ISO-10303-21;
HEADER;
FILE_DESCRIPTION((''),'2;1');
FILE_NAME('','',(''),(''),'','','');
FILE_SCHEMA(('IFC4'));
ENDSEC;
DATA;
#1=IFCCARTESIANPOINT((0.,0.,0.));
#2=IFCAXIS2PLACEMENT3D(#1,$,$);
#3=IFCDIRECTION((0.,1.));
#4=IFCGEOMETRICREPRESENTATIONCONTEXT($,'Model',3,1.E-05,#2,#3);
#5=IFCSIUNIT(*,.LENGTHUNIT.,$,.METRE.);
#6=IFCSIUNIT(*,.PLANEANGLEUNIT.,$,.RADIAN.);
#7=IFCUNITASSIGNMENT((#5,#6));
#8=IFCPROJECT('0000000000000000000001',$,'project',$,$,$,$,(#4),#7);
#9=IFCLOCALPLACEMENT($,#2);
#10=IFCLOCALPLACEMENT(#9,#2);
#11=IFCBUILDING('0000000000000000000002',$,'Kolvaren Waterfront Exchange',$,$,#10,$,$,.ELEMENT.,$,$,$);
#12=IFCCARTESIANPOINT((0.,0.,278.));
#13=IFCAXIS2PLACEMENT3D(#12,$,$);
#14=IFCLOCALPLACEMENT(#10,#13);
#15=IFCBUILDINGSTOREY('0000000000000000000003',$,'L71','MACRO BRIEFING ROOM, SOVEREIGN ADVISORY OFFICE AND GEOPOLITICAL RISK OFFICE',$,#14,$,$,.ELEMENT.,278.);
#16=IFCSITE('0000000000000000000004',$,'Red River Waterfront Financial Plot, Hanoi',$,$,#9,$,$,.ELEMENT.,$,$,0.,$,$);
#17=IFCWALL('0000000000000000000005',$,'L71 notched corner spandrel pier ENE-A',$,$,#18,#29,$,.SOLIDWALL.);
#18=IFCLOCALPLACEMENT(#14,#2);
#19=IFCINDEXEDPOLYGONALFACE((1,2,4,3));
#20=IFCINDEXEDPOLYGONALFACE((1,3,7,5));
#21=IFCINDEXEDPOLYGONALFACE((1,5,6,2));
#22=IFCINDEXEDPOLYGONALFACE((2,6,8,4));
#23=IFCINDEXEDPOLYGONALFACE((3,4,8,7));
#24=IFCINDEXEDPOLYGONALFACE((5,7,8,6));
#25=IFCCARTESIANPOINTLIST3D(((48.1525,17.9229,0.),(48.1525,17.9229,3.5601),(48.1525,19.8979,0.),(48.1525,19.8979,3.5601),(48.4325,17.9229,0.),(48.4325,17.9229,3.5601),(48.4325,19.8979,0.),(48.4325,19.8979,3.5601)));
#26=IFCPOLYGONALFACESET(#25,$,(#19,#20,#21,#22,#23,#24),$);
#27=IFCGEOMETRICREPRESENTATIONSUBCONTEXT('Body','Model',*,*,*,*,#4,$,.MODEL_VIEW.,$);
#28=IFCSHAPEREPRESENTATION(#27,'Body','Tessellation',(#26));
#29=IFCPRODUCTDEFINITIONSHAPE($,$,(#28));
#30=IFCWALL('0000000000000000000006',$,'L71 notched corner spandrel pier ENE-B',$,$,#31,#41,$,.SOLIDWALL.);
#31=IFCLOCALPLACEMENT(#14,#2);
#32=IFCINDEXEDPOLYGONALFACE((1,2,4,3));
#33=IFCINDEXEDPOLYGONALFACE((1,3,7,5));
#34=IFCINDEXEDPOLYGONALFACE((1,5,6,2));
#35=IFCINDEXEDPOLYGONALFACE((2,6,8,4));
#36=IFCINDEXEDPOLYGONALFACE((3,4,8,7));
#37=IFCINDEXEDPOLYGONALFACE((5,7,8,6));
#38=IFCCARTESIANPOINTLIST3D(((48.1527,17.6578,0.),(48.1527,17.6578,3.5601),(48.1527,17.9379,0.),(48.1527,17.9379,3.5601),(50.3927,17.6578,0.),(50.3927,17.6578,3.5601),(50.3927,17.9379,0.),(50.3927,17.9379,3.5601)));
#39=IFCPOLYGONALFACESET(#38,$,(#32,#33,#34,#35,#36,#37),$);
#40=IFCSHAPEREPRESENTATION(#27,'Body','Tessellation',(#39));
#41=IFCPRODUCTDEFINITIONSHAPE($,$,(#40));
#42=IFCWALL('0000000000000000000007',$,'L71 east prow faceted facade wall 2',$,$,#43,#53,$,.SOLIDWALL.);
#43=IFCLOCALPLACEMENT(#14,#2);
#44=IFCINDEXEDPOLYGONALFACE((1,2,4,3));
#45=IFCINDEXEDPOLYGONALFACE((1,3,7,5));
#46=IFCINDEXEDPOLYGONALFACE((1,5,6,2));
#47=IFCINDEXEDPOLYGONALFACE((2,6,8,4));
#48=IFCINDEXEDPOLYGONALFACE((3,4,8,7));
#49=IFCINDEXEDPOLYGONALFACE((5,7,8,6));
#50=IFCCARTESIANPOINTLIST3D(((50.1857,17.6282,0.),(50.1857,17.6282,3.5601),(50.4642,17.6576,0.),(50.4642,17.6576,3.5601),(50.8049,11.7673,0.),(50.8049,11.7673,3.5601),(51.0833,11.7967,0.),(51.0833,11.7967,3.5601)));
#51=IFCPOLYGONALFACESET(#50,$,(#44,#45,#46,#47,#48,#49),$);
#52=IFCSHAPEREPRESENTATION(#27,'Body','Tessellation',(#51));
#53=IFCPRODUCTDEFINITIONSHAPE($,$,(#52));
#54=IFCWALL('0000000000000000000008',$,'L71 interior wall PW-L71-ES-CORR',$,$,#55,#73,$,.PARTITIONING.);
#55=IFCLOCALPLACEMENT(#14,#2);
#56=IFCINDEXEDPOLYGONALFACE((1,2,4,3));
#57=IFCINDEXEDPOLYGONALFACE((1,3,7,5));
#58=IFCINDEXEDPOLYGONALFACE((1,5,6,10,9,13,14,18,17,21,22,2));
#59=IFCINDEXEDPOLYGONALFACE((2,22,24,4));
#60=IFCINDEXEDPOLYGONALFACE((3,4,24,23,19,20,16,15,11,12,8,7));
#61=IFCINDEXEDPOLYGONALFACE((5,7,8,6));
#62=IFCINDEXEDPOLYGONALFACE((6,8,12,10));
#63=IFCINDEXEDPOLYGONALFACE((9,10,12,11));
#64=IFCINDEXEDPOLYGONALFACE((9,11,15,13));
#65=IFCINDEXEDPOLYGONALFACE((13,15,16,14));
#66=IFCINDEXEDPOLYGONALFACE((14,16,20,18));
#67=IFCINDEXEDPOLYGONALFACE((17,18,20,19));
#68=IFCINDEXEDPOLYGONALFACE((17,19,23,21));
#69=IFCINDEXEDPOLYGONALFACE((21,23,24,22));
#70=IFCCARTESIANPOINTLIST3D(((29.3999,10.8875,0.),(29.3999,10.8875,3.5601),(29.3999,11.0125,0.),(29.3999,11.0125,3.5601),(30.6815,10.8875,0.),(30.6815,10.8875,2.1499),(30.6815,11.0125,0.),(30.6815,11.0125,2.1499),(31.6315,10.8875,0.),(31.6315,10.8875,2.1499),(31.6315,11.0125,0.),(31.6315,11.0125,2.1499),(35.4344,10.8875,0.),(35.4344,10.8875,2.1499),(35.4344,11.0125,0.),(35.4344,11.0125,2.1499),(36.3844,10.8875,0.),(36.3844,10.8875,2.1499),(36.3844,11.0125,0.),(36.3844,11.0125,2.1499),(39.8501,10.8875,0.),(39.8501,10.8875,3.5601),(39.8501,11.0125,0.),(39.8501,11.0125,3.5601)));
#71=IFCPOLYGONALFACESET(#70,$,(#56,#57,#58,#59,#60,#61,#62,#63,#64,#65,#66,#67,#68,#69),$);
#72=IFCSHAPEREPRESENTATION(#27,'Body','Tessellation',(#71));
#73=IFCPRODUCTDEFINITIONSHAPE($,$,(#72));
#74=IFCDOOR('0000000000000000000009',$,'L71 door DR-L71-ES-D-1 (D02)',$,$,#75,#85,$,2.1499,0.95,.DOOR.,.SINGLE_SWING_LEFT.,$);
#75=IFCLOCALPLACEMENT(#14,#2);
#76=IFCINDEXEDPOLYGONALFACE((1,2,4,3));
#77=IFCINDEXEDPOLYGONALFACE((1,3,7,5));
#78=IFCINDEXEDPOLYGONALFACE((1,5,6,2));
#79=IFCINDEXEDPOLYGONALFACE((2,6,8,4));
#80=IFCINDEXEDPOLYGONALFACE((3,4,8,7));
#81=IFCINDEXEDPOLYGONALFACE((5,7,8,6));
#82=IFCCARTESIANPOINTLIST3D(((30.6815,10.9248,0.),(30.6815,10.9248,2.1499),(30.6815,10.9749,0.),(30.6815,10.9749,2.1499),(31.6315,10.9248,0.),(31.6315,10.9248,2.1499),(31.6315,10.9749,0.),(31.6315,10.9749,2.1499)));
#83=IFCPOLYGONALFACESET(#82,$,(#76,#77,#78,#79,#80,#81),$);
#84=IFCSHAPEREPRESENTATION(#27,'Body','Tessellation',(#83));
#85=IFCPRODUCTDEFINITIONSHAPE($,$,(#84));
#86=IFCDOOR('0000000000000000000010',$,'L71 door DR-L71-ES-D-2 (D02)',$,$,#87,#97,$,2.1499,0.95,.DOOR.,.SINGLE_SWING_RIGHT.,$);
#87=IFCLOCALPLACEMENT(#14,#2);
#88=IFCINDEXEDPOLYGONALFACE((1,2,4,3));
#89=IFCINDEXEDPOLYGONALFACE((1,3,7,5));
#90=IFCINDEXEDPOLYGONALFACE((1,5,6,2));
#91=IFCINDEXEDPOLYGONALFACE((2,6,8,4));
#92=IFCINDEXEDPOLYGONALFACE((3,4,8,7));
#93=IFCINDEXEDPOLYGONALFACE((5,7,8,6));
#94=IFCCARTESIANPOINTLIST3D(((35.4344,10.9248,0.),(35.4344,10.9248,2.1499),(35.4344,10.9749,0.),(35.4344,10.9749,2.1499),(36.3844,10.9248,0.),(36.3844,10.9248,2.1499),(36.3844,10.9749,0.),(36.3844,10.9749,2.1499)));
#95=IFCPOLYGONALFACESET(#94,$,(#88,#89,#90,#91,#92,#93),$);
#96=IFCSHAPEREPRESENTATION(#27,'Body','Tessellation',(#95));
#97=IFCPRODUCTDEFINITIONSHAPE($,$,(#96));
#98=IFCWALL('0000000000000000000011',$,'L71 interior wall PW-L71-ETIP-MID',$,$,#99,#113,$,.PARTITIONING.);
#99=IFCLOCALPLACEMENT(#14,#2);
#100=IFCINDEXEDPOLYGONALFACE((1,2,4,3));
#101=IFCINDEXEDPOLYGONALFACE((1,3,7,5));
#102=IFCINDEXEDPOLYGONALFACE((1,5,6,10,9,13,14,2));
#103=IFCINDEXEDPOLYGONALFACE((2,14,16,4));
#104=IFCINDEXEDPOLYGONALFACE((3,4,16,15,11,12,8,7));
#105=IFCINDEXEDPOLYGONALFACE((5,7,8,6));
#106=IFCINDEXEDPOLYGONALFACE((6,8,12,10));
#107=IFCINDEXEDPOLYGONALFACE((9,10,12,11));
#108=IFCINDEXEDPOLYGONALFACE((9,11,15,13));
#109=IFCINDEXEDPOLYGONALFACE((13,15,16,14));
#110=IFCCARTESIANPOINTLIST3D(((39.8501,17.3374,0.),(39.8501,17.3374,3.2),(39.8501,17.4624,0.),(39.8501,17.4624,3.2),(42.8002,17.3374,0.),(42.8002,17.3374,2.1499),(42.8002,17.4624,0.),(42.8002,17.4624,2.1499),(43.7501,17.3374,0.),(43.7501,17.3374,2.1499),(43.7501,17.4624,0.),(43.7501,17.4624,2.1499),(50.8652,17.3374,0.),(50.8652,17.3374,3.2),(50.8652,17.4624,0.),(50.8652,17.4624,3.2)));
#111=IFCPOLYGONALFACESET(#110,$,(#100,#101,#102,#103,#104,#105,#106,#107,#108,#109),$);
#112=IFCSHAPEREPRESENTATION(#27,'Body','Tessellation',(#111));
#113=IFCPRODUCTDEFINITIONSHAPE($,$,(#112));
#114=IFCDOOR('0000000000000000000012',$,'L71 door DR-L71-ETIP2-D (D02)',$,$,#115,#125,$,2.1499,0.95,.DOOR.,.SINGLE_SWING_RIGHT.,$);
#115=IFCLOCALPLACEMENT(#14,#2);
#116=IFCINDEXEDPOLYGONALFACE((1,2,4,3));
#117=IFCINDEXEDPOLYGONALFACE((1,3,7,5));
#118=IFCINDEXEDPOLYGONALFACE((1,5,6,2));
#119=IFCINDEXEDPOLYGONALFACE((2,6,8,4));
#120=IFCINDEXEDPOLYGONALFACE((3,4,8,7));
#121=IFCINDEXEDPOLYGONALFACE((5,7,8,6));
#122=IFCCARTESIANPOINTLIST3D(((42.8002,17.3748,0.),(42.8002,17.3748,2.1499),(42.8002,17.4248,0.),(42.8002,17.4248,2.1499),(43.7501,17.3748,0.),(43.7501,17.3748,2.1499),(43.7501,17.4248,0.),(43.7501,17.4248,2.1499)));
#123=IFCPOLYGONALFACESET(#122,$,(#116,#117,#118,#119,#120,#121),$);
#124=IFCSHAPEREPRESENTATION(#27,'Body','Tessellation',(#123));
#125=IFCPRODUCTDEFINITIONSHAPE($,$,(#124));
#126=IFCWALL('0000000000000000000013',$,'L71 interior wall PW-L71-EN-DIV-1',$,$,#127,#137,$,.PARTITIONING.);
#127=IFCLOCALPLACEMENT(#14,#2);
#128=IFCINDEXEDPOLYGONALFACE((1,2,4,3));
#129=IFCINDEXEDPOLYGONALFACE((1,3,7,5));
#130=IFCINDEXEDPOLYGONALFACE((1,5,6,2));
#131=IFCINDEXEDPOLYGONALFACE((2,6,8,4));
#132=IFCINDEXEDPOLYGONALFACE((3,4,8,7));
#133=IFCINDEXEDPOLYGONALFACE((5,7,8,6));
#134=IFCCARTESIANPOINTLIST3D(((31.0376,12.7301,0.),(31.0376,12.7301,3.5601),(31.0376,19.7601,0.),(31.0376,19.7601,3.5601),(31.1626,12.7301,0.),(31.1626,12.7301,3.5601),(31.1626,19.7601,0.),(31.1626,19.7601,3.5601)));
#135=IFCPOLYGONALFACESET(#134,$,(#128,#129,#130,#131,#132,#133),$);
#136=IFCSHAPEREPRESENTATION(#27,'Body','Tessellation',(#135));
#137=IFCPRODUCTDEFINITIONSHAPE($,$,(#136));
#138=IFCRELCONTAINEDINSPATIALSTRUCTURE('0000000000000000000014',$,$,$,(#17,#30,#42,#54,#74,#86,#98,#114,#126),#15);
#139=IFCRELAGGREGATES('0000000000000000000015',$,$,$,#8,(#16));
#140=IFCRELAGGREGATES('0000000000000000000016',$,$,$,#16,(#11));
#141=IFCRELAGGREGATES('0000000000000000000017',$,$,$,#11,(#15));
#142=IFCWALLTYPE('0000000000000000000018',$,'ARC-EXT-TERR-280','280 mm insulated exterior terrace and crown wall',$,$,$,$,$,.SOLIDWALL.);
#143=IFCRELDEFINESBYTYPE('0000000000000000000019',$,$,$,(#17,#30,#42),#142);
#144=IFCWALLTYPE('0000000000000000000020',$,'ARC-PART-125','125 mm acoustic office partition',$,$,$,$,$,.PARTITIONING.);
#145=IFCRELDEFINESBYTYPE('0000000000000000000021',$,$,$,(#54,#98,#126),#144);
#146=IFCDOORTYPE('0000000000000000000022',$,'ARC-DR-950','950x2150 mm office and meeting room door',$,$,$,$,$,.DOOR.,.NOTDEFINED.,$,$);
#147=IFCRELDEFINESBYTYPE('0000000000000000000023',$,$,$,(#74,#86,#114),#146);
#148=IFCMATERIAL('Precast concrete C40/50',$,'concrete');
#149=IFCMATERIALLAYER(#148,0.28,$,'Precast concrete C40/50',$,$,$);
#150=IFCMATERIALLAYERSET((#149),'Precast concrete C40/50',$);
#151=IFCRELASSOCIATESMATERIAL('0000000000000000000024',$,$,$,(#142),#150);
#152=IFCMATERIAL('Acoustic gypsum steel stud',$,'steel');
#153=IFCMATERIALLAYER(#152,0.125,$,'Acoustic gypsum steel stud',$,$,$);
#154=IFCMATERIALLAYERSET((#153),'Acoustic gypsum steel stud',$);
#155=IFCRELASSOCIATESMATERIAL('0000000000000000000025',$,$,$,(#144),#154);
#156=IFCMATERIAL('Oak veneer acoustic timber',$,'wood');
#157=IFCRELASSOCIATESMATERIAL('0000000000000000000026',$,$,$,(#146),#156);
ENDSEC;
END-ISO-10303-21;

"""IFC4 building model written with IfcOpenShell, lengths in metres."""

from ifc_helpers import new_model, si_unit, direction, frame, frame_2d, origin, place, context, subcontext, project, spatial, rectangle, extrude, material, layer, layer_set, type_object, element, fill, save


model = new_model("IFC4")

# Units and contexts
model_context = context("Model", 3, precision=1e-05, world=origin(), true_north=direction((0.0, 1.0)))
body_context = subcontext(model_context, "Body", "Model", "MODEL_VIEW")
ifc_project = project(units=[si_unit("LENGTHUNIT", "METRE"), si_unit("PLANEANGLEUNIT", "RADIAN")], contexts=[model_context])

# Site, building, storey
site_placement = place(None, origin())
site = spatial("IfcSite", under=ifc_project, at=site_placement, Name="Red River Waterfront Financial Plot, Hanoi", CompositionType="ELEMENT", RefElevation=0.0)
building_placement = place(site_placement, origin())
building = spatial("IfcBuilding", under=site, at=building_placement, Name="Kolvaren Waterfront Exchange", CompositionType="ELEMENT")
storey_placement = place(building_placement, frame((0.0, 0.0, 278.0)))
storey = spatial("IfcBuildingStorey", under=building, at=storey_placement, Name="L71", Description="MACRO BRIEFING ROOM, SOVEREIGN ADVISORY OFFICE AND GEOPOLITICAL RISK OFFICE", CompositionType="ELEMENT", Elevation=278.0)

# Walls
ifc_material_1 = material(Name="Precast concrete C40/50", Category="concrete")
ifc_layer_1 = layer(ifc_material_1, 0.28, Name="Precast concrete C40/50")
ifc_layer_set_1 = layer_set([ifc_layer_1], Name="Precast concrete C40/50")
wall_type_1 = type_object("IfcWallType", Name="ARC-EXT-TERR-280", Description="280 mm insulated exterior terrace and crown wall", PredefinedType="SOLIDWALL", material=ifc_layer_set_1)
wall_1_placement = place(storey_placement, frame((48.2925, 17.9229, 0.0), z_axis=(0.0, 0.0, 1.0), x_axis=(0.0, 1.0, 0.0)))
element("IfcWall", 1, at=wall_1_placement, inside=storey, type_object=wall_type_1, Name="L71 notched corner spandrel pier ENE-A", PredefinedType="SOLIDWALL", context=body_context, shape_type="SweptSolid", body=[
    extrude(rectangle(XDim=1.9751, YDim=0.28, at=frame_2d((0.9875, 0.0))), origin(), (0.0, 0.0, 1.0), 3.5601),
])
wall_2_placement = place(storey_placement, frame((48.1526, 17.7979, 0.0), z_axis=(0.0, 0.0, 1.0), x_axis=(1.0, 0.0, 0.0)))
element("IfcWall", 2, at=wall_2_placement, inside=storey, type_object=wall_type_1, Name="L71 notched corner spandrel pier ENE-B", PredefinedType="SOLIDWALL", context=body_context, shape_type="SweptSolid", body=[
    extrude(rectangle(XDim=2.24, YDim=0.28, at=frame_2d((1.1201, 0.0))), origin(), (0.0, 0.0, 1.0), 3.5601),
])
wall_3_placement = place(storey_placement, frame((50.9441, 11.782, 0.0), z_axis=(0.0, 0.0, 1.0), x_axis=(-0.105056, 0.994466, 0.0)))
element("IfcWall", 3, at=wall_3_placement, inside=storey, type_object=wall_type_1, Name="L71 east prow faceted facade wall 2", PredefinedType="SOLIDWALL", context=body_context, shape_type="SweptSolid", body=[
    extrude(rectangle(XDim=5.8936, YDim=0.28, at=frame_2d((2.9468, 0.0))), origin(), (0.0, 0.0, 1.0), 3.5601),
])

# Wall, openings, doors
ifc_material_2 = material(Name="Acoustic gypsum steel stud", Category="steel")
ifc_layer_2 = layer(ifc_material_2, 0.125, Name="Acoustic gypsum steel stud")
ifc_layer_set_2 = layer_set([ifc_layer_2], Name="Acoustic gypsum steel stud")
wall_type_2 = type_object("IfcWallType", Name="ARC-PART-125", Description="125 mm acoustic office partition", PredefinedType="PARTITIONING", material=ifc_layer_set_2)
wall_4_placement = place(storey_placement, frame((29.3999, 10.95, 0.0), z_axis=(0.0, 0.0, 1.0), x_axis=(1.0, 0.0, 0.0)))
wall_4 = element("IfcWall", 4, at=wall_4_placement, inside=storey, type_object=wall_type_2, Name="L71 interior wall PW-L71-ES-CORR", PredefinedType="PARTITIONING", context=body_context, shape_type="SweptSolid", body=[
    extrude(rectangle(XDim=10.4502, YDim=0.125, at=frame_2d((5.2251, 0.0))), origin(), (0.0, 0.0, 1.0), 3.5601),
])
opening_1_placement = place(wall_4_placement, frame((1.2815, 0.0, 0.0)))
opening_1 = element("IfcOpeningElement", 5, at=opening_1_placement, cuts=wall_4, PredefinedType="OPENING", context=body_context, shape_type="SweptSolid", body=[
    extrude(rectangle(XDim=0.95, YDim=2.1499, at=frame_2d((0.4751, 1.075))), frame((0.0, 0.0725, 0.0), z_axis=(0.0, -1.0, 0.0), x_axis=(1.0, 0.0, 0.0)), (0.0, 0.0, 1.0), 0.145),
])
opening_2_placement = place(wall_4_placement, frame((6.0344, 0.0, 0.0)))
opening_2 = element("IfcOpeningElement", 6, at=opening_2_placement, cuts=wall_4, PredefinedType="OPENING", context=body_context, shape_type="SweptSolid", body=[
    extrude(rectangle(XDim=0.95, YDim=2.1499, at=frame_2d((0.4751, 1.075))), frame((0.0, 0.0725, 0.0), z_axis=(0.0, -1.0, 0.0), x_axis=(1.0, 0.0, 0.0)), (0.0, 0.0, 1.0), 0.145),
])
ifc_material_3 = material(Name="Oak veneer acoustic timber", Category="wood")
door_type = type_object("IfcDoorType", Name="ARC-DR-950", Description="950x2150 mm office and meeting room door", OperationType="NOTDEFINED", PredefinedType="DOOR", material=ifc_material_3)
door_1_placement = place(opening_1_placement, origin())
door_1 = element("IfcDoor", 7, at=door_1_placement, inside=storey, type_object=door_type, Name="L71 door DR-L71-ES-D-1 (D02)", OperationType="SINGLE_SWING_LEFT", OverallHeight=2.1499, OverallWidth=0.95, PredefinedType="DOOR", context=body_context, shape_type="SweptSolid", body=[
    extrude(rectangle(XDim=0.95, YDim=2.1499, at=frame_2d((0.4751, 1.075))), frame((0.0, 0.0249, 0.0), z_axis=(0.0, -1.0, 0.0), x_axis=(1.0, 0.0, 0.0)), (0.0, 0.0, 1.0), 0.05),
])
fill(opening_1, door_1)
door_2_placement = place(opening_2_placement, origin())
door_2 = element("IfcDoor", 8, at=door_2_placement, inside=storey, type_object=door_type, Name="L71 door DR-L71-ES-D-2 (D02)", OperationType="SINGLE_SWING_RIGHT", OverallHeight=2.1499, OverallWidth=0.95, PredefinedType="DOOR", context=body_context, shape_type="SweptSolid", body=[
    extrude(rectangle(XDim=0.95, YDim=2.1499, at=frame_2d((0.4751, 1.075))), frame((0.0, 0.0249, 0.0), z_axis=(0.0, -1.0, 0.0), x_axis=(1.0, 0.0, 0.0)), (0.0, 0.0, 1.0), 0.05),
])
fill(opening_2, door_2)

# Wall, opening, door
wall_5_placement = place(storey_placement, frame((39.8501, 17.3999, 0.0), z_axis=(0.0, 0.0, 1.0), x_axis=(1.0, 0.0, 0.0)))
wall_5 = element("IfcWall", 9, at=wall_5_placement, inside=storey, type_object=wall_type_2, Name="L71 interior wall PW-L71-ETIP-MID", PredefinedType="PARTITIONING", context=body_context, shape_type="SweptSolid", body=[
    extrude(rectangle(XDim=11.0151, YDim=0.125, at=frame_2d((5.5076, 0.0))), origin(), (0.0, 0.0, 1.0), 3.2),
])
opening_3_placement = place(wall_5_placement, frame((2.95, 0.0, 0.0)))
opening_3 = element("IfcOpeningElement", 10, at=opening_3_placement, cuts=wall_5, PredefinedType="OPENING", context=body_context, shape_type="SweptSolid", body=[
    extrude(rectangle(XDim=0.95, YDim=2.1499, at=frame_2d((0.4751, 1.075))), frame((0.0, 0.0725, 0.0), z_axis=(0.0, -1.0, 0.0), x_axis=(1.0, 0.0, 0.0)), (0.0, 0.0, 1.0), 0.145),
])
door_3_placement = place(opening_3_placement, origin())
door_3 = element("IfcDoor", 11, at=door_3_placement, inside=storey, type_object=door_type, Name="L71 door DR-L71-ETIP2-D (D02)", OperationType="SINGLE_SWING_RIGHT", OverallHeight=2.1499, OverallWidth=0.95, PredefinedType="DOOR", context=body_context, shape_type="SweptSolid", body=[
    extrude(rectangle(XDim=0.95, YDim=2.1499, at=frame_2d((0.4751, 1.075))), frame((0.0, 0.0249, 0.0), z_axis=(0.0, -1.0, 0.0), x_axis=(1.0, 0.0, 0.0)), (0.0, 0.0, 1.0), 0.05),
])
fill(opening_3, door_3)

# Wall
wall_6_placement = place(storey_placement, frame((31.1001, 12.73, 0.0), z_axis=(0.0, 0.0, 1.0), x_axis=(0.0, 1.0, 0.0)))
element("IfcWall", 12, at=wall_6_placement, inside=storey, type_object=wall_type_2, Name="L71 interior wall PW-L71-EN-DIV-1", PredefinedType="PARTITIONING", context=body_context, shape_type="SweptSolid", body=[
    extrude(rectangle(XDim=7.03, YDim=0.125, at=frame_2d((3.5151, 0.0))), origin(), (0.0, 0.0, 1.0), 3.5601),
])

save(model, "model.ifc")
